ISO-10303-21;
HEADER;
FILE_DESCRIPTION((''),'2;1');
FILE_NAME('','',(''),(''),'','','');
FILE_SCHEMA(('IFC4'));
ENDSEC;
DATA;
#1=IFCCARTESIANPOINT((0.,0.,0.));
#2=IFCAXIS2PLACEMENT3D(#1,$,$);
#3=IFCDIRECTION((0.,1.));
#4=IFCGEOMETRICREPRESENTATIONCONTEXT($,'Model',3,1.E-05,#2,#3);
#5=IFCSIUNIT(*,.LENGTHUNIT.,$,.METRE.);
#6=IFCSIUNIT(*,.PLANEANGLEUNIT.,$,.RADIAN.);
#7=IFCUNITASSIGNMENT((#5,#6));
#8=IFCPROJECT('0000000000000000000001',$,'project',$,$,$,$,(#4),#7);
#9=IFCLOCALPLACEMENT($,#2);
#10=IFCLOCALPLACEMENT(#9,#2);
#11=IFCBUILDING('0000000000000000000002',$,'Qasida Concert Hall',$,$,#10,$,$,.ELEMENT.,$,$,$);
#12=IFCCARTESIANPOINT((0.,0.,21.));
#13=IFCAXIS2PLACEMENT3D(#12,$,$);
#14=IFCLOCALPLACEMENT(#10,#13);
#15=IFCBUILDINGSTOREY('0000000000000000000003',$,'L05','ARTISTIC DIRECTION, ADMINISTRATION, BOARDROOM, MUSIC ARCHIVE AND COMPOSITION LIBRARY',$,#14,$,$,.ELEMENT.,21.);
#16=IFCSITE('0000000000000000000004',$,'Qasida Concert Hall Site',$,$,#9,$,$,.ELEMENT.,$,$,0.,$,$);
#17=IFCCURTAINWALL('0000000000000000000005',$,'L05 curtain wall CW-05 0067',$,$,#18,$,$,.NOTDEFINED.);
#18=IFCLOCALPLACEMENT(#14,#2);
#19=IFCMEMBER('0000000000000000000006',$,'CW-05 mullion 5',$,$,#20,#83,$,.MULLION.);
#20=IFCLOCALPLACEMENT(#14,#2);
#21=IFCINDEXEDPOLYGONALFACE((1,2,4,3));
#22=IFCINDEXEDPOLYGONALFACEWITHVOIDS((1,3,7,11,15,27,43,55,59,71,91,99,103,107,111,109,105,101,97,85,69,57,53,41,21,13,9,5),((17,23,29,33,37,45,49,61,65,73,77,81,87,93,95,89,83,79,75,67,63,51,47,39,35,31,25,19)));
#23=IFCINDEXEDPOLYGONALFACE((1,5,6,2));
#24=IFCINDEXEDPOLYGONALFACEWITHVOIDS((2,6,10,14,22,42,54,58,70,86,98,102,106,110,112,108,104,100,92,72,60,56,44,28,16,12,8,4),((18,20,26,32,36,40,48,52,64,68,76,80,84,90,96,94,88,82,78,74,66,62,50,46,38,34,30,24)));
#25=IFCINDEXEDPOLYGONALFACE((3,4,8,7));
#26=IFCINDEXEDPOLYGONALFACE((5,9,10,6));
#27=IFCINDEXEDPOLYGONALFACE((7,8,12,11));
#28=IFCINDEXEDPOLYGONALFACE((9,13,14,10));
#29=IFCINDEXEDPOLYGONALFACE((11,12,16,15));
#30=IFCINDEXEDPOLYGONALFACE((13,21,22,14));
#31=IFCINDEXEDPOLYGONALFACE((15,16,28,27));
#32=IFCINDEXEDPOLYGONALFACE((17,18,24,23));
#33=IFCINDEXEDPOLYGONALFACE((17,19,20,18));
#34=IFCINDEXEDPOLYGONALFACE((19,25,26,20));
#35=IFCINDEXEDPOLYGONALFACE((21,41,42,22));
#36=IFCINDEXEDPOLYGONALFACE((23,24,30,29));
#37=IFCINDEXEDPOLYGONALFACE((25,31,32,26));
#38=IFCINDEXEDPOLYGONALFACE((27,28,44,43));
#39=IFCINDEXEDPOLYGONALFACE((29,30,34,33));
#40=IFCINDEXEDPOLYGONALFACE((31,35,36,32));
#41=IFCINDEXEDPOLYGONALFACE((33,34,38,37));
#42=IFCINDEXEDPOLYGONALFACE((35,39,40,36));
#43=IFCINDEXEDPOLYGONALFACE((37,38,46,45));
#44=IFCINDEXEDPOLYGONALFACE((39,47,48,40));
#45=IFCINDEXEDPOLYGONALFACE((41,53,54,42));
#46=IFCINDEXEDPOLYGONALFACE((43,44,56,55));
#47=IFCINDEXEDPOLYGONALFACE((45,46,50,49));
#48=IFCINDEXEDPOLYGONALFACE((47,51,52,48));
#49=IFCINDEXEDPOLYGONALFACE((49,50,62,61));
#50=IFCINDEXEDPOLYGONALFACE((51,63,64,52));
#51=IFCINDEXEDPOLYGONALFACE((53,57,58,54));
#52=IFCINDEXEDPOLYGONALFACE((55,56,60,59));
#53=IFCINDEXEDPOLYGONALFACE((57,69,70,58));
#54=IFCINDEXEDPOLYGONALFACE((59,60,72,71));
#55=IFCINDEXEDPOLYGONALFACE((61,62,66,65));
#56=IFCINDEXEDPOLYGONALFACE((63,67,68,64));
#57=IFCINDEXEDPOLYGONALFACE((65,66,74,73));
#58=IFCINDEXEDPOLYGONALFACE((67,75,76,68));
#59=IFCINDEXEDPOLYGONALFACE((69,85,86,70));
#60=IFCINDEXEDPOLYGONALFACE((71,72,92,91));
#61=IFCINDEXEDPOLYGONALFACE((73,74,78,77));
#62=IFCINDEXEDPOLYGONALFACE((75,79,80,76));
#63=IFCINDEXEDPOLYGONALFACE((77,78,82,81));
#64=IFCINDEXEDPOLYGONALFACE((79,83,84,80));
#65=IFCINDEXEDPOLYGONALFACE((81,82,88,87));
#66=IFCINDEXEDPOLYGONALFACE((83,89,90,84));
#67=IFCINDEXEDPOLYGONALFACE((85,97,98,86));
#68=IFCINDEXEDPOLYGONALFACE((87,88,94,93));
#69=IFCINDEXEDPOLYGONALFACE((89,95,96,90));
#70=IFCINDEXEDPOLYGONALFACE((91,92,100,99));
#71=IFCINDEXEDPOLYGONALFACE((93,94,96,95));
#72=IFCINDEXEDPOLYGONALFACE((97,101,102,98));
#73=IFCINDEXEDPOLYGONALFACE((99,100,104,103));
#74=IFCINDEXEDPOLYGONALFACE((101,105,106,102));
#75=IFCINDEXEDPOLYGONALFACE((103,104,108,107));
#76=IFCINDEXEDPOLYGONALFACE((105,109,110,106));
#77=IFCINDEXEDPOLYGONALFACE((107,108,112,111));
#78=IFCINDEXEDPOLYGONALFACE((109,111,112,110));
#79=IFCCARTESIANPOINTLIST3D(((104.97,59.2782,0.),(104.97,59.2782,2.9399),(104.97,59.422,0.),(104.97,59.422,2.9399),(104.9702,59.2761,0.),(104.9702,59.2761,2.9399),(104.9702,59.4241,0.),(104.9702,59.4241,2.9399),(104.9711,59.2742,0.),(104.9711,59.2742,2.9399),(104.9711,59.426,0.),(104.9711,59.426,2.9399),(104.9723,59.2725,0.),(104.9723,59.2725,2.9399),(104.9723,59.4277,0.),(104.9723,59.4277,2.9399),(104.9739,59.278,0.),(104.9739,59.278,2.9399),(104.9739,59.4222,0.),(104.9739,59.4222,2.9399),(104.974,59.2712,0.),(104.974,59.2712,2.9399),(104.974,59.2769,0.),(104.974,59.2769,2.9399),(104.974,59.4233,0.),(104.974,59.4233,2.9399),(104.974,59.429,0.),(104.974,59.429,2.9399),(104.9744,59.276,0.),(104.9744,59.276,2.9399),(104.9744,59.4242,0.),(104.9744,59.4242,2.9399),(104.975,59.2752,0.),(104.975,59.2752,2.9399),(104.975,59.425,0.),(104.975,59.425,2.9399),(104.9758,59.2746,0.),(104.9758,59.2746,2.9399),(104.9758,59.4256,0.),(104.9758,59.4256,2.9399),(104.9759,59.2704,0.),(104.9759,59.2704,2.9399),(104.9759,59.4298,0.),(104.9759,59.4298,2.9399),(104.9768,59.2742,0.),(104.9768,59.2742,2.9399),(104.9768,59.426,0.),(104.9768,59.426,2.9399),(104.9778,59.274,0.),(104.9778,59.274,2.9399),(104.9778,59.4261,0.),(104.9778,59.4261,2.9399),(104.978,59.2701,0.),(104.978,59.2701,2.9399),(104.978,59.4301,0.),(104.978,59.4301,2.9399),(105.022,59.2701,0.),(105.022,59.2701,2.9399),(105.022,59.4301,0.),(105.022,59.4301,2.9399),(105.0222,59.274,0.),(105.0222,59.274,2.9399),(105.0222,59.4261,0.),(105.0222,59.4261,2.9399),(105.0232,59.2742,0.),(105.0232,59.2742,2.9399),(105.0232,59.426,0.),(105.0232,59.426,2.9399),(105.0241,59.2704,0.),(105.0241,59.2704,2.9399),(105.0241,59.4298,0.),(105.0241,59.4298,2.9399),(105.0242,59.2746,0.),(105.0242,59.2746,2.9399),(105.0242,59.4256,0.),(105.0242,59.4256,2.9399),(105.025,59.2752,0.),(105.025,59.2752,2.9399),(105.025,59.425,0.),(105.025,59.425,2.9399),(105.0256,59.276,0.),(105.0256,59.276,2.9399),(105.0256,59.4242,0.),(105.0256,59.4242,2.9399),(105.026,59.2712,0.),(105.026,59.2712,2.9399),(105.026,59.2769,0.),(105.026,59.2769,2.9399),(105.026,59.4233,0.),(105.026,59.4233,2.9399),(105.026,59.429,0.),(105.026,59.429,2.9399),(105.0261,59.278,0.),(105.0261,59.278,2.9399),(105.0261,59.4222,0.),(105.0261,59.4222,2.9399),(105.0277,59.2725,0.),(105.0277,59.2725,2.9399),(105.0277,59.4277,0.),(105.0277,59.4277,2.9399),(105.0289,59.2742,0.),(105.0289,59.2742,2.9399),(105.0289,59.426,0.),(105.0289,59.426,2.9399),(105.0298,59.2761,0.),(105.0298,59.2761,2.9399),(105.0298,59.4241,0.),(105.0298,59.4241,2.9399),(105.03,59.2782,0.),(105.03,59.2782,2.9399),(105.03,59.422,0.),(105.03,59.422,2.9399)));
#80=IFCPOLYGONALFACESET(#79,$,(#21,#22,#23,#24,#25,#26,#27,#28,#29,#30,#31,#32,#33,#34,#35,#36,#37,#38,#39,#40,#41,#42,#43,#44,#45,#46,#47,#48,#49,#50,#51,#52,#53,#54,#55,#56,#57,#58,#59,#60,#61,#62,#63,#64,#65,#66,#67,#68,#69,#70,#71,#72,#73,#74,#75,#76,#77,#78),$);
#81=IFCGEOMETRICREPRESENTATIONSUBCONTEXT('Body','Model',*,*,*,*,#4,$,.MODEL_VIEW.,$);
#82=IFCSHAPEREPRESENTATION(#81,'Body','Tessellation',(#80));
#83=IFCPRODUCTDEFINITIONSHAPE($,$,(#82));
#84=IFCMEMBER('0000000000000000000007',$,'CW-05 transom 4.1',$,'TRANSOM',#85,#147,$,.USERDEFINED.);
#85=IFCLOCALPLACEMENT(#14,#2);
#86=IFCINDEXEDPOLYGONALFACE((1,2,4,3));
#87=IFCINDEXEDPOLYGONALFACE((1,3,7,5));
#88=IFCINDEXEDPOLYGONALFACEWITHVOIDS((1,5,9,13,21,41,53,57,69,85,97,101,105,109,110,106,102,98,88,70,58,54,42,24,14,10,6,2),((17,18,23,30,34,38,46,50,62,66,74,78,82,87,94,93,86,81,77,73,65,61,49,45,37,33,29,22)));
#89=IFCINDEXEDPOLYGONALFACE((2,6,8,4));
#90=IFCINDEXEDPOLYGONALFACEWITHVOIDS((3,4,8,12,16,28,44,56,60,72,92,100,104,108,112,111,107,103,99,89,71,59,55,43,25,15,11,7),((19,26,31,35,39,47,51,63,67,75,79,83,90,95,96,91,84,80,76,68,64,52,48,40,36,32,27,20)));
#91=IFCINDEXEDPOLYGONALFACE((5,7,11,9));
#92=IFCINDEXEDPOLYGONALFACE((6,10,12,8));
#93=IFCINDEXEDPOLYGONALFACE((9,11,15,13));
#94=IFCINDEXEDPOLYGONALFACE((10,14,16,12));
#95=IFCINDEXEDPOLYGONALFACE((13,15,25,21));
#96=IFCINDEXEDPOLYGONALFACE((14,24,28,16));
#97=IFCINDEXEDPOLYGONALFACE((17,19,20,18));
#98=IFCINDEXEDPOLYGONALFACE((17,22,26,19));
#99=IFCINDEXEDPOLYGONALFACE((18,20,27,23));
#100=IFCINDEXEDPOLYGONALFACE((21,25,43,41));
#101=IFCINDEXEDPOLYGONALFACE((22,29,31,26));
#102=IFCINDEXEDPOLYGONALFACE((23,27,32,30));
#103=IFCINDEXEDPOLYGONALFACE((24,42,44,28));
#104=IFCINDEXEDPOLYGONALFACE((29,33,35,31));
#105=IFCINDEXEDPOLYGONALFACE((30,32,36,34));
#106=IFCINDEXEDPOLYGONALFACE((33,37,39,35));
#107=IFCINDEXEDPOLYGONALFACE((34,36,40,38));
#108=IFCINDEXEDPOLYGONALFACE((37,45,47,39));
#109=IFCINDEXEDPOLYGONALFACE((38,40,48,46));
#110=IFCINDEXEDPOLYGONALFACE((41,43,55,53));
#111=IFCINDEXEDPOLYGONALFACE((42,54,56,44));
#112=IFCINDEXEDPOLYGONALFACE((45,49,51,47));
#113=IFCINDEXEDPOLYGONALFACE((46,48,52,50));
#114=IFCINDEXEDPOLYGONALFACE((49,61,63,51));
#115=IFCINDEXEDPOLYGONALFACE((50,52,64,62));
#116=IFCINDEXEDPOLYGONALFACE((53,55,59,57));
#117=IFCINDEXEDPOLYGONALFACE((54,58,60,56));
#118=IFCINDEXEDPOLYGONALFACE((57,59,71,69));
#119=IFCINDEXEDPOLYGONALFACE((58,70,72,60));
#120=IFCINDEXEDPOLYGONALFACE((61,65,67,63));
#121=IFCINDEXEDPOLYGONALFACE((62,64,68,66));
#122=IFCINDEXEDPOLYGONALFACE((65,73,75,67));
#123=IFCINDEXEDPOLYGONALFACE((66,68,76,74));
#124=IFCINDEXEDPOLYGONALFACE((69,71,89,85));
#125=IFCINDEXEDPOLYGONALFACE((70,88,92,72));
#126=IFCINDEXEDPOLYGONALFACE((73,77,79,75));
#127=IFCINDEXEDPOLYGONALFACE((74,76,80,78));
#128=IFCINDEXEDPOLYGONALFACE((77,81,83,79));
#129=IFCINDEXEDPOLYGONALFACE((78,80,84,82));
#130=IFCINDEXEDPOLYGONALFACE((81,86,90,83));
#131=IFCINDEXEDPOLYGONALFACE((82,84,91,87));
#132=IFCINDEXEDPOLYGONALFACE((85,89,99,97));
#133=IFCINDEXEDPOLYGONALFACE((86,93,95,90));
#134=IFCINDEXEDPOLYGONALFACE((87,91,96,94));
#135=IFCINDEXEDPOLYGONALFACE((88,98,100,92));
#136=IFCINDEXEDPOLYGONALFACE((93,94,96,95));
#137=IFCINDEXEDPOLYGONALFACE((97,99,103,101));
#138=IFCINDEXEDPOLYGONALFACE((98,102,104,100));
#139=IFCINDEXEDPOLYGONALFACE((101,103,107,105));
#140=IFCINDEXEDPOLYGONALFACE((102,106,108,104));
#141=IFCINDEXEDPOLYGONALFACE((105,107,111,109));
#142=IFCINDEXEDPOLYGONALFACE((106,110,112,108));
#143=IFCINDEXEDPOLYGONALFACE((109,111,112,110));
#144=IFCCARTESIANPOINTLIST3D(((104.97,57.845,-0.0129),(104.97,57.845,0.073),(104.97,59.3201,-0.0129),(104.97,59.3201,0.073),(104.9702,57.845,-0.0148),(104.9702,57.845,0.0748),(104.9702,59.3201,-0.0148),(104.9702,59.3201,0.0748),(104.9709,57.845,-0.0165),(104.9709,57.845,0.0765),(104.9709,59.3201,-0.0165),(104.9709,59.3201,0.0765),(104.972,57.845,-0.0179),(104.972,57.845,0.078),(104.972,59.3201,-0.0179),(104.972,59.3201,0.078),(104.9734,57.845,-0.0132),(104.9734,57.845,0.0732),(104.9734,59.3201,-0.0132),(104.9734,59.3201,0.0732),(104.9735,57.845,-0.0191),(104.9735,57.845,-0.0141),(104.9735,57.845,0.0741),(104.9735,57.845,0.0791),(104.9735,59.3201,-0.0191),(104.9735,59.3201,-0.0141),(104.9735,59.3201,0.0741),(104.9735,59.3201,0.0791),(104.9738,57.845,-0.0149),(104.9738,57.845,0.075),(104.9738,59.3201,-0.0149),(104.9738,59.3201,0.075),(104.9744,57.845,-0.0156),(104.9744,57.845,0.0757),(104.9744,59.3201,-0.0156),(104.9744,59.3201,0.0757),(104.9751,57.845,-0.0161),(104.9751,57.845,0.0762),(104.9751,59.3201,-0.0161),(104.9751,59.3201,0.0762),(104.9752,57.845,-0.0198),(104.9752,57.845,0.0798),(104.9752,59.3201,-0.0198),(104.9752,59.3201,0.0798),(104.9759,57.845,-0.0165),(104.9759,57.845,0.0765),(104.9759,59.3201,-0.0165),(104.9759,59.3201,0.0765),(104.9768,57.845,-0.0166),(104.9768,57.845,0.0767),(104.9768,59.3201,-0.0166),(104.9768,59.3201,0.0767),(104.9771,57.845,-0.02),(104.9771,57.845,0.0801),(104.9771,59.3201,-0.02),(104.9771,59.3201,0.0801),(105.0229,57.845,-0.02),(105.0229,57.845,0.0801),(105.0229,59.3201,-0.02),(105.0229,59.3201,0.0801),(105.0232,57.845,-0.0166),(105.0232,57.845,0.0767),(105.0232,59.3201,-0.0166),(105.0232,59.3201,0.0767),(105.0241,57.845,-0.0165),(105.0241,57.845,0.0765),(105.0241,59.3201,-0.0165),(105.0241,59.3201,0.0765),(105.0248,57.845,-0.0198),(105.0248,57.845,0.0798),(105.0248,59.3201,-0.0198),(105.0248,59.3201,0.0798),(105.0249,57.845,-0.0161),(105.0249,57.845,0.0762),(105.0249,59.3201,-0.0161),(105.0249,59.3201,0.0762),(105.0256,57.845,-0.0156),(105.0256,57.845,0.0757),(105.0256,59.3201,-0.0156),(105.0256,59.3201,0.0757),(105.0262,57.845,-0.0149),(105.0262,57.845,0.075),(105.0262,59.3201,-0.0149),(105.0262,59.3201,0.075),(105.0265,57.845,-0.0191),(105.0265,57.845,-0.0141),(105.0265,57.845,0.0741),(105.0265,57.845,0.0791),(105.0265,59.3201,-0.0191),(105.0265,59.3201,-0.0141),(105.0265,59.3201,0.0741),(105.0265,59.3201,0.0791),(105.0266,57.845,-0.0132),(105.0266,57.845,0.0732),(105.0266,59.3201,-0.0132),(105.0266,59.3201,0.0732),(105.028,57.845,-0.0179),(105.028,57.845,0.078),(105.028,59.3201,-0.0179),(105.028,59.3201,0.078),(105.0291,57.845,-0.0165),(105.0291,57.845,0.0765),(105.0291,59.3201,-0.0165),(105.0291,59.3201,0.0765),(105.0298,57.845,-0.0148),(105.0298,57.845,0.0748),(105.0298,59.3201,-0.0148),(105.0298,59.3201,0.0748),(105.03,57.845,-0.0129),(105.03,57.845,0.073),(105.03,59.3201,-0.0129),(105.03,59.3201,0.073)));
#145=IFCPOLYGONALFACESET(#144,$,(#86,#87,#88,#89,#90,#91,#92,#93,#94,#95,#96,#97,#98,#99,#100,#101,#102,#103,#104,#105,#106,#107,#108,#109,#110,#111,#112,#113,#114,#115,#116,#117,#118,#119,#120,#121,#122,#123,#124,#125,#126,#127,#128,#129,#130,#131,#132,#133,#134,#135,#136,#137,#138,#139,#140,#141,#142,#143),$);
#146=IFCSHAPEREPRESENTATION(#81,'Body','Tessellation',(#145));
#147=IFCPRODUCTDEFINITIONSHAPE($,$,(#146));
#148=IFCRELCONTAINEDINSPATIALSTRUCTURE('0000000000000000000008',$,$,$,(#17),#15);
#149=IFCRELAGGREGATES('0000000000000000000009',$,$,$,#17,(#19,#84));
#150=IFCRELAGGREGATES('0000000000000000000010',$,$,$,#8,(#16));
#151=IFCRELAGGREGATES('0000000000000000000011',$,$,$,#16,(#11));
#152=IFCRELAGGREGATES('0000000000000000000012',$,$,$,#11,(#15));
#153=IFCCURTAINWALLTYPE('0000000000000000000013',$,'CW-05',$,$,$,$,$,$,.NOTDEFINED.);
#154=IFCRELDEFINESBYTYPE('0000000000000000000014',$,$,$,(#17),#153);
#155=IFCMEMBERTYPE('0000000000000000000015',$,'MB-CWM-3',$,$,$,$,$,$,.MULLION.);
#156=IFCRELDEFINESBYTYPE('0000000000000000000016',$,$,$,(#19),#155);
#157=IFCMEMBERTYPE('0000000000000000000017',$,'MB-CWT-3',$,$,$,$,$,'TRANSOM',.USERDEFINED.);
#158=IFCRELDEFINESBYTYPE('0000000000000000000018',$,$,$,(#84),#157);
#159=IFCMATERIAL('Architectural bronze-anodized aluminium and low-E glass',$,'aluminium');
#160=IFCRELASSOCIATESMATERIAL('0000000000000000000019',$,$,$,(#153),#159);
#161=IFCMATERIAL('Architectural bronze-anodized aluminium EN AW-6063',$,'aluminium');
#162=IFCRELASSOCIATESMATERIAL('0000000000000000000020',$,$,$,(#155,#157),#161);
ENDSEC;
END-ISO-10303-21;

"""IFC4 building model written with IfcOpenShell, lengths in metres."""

from ifc_helpers import new_model, si_unit, direction, frame, origin, origin_2d, place, context, subcontext, project, spatial, hollow_rectangle, extrude, material, material_profile, profile_set, type_object, element, aggregate, save


model = new_model("IFC4")

# Units and contexts
model_context = context("Model", 3, precision=1e-05, world=origin(), true_north=direction((0.0, 1.0)))
body_context = subcontext(model_context, "Body", "Model", "MODEL_VIEW")
ifc_project = project(units=[si_unit("LENGTHUNIT", "METRE"), si_unit("PLANEANGLEUNIT", "RADIAN")], contexts=[model_context])

# Site, building, storey
site_placement = place(None, origin())
site = spatial("IfcSite", under=ifc_project, at=site_placement, Name="Qasida Concert Hall Site", CompositionType="ELEMENT", RefElevation=0.0)
building_placement = place(site_placement, origin())
building = spatial("IfcBuilding", under=site, at=building_placement, Name="Qasida Concert Hall", CompositionType="ELEMENT")
storey_placement = place(building_placement, frame((0.0, 0.0, 21.0)))
storey = spatial("IfcBuildingStorey", under=building, at=storey_placement, Name="L05", Description="ARTISTIC DIRECTION, ADMINISTRATION, BOARDROOM, MUSIC ARCHIVE AND COMPOSITION LIBRARY", CompositionType="ELEMENT", Elevation=21.0)

# Curtain wall, members
ifc_material_1 = material(Name="Architectural bronze-anodized aluminium and low-E glass", Category="aluminium")
curtain_wall_type = type_object("IfcCurtainWallType", Name="CW-05", PredefinedType="NOTDEFINED", material=ifc_material_1)
curtain_wall_placement = place(storey_placement, origin())
curtain_wall = element("IfcCurtainWall", 1, at=curtain_wall_placement, inside=storey, type_object=curtain_wall_type, Name="L05 curtain wall CW-05 0067", PredefinedType="NOTDEFINED")
ifc_material_2 = material(Name="Architectural bronze-anodized aluminium EN AW-6063", Category="aluminium")
ifc_material_profile_1 = material_profile(ifc_material_2, hollow_rectangle(XDim=0.0601, YDim=0.1599, WallThickness=0.0039, InnerFilletRadius=0.0039, OuterFilletRadius=0.0081, at=origin_2d()), Name="CWM 160x60x4")
ifc_profile_set_1 = profile_set([ifc_material_profile_1], Name="Architectural bronze-anodized aluminium EN AW-6063")
member_type_1 = type_object("IfcMemberType", Name="MB-CWM-3", PredefinedType="MULLION", material=ifc_profile_set_1)
member_1_placement = place(storey_placement, frame((105.0, 59.3501, 0.0), z_axis=(0.0, 0.0, 1.0), x_axis=(-1.0, 0.0, 0.0)))
member_1 = element("IfcMember", 2, at=member_1_placement, type_object=member_type_1, Name="CW-05 mullion 5", PredefinedType="MULLION", context=body_context, shape_type="SweptSolid", body=[
    extrude(hollow_rectangle(XDim=0.0601, YDim=0.1599, WallThickness=0.0039, InnerFilletRadius=0.0039, OuterFilletRadius=0.0081, at=origin_2d()), origin(), (0.0, 0.0, 1.0), 2.9399),
])
ifc_material_profile_2 = material_profile(ifc_material_2, hollow_rectangle(XDim=0.0601, YDim=0.1001, WallThickness=0.0034, InnerFilletRadius=0.0034, OuterFilletRadius=0.0071, at=origin_2d()), Name="CWT 100x60x3.5")
ifc_profile_set_2 = profile_set([ifc_material_profile_2], Name="Architectural bronze-anodized aluminium EN AW-6063")
member_type_2 = type_object("IfcMemberType", Name="MB-CWT-3", ElementType="TRANSOM", PredefinedType="USERDEFINED", material=ifc_profile_set_2)
member_2_placement = place(storey_placement, frame((105.0, 57.845, 0.03), z_axis=(0.0, 1.0, 0.0), x_axis=(-1.0, 0.0, 0.0)))
member_2 = element("IfcMember", 3, at=member_2_placement, type_object=member_type_2, Name="CW-05 transom 4.1", ObjectType="TRANSOM", PredefinedType="USERDEFINED", context=body_context, shape_type="SweptSolid", body=[
    extrude(hollow_rectangle(XDim=0.0601, YDim=0.1001, WallThickness=0.0034, InnerFilletRadius=0.0034, OuterFilletRadius=0.0071, at=origin_2d()), origin(), (0.0, 0.0, 1.0), 1.4751),
])
aggregate(curtain_wall, [member_1, member_2])

save(model, "model.ifc")
